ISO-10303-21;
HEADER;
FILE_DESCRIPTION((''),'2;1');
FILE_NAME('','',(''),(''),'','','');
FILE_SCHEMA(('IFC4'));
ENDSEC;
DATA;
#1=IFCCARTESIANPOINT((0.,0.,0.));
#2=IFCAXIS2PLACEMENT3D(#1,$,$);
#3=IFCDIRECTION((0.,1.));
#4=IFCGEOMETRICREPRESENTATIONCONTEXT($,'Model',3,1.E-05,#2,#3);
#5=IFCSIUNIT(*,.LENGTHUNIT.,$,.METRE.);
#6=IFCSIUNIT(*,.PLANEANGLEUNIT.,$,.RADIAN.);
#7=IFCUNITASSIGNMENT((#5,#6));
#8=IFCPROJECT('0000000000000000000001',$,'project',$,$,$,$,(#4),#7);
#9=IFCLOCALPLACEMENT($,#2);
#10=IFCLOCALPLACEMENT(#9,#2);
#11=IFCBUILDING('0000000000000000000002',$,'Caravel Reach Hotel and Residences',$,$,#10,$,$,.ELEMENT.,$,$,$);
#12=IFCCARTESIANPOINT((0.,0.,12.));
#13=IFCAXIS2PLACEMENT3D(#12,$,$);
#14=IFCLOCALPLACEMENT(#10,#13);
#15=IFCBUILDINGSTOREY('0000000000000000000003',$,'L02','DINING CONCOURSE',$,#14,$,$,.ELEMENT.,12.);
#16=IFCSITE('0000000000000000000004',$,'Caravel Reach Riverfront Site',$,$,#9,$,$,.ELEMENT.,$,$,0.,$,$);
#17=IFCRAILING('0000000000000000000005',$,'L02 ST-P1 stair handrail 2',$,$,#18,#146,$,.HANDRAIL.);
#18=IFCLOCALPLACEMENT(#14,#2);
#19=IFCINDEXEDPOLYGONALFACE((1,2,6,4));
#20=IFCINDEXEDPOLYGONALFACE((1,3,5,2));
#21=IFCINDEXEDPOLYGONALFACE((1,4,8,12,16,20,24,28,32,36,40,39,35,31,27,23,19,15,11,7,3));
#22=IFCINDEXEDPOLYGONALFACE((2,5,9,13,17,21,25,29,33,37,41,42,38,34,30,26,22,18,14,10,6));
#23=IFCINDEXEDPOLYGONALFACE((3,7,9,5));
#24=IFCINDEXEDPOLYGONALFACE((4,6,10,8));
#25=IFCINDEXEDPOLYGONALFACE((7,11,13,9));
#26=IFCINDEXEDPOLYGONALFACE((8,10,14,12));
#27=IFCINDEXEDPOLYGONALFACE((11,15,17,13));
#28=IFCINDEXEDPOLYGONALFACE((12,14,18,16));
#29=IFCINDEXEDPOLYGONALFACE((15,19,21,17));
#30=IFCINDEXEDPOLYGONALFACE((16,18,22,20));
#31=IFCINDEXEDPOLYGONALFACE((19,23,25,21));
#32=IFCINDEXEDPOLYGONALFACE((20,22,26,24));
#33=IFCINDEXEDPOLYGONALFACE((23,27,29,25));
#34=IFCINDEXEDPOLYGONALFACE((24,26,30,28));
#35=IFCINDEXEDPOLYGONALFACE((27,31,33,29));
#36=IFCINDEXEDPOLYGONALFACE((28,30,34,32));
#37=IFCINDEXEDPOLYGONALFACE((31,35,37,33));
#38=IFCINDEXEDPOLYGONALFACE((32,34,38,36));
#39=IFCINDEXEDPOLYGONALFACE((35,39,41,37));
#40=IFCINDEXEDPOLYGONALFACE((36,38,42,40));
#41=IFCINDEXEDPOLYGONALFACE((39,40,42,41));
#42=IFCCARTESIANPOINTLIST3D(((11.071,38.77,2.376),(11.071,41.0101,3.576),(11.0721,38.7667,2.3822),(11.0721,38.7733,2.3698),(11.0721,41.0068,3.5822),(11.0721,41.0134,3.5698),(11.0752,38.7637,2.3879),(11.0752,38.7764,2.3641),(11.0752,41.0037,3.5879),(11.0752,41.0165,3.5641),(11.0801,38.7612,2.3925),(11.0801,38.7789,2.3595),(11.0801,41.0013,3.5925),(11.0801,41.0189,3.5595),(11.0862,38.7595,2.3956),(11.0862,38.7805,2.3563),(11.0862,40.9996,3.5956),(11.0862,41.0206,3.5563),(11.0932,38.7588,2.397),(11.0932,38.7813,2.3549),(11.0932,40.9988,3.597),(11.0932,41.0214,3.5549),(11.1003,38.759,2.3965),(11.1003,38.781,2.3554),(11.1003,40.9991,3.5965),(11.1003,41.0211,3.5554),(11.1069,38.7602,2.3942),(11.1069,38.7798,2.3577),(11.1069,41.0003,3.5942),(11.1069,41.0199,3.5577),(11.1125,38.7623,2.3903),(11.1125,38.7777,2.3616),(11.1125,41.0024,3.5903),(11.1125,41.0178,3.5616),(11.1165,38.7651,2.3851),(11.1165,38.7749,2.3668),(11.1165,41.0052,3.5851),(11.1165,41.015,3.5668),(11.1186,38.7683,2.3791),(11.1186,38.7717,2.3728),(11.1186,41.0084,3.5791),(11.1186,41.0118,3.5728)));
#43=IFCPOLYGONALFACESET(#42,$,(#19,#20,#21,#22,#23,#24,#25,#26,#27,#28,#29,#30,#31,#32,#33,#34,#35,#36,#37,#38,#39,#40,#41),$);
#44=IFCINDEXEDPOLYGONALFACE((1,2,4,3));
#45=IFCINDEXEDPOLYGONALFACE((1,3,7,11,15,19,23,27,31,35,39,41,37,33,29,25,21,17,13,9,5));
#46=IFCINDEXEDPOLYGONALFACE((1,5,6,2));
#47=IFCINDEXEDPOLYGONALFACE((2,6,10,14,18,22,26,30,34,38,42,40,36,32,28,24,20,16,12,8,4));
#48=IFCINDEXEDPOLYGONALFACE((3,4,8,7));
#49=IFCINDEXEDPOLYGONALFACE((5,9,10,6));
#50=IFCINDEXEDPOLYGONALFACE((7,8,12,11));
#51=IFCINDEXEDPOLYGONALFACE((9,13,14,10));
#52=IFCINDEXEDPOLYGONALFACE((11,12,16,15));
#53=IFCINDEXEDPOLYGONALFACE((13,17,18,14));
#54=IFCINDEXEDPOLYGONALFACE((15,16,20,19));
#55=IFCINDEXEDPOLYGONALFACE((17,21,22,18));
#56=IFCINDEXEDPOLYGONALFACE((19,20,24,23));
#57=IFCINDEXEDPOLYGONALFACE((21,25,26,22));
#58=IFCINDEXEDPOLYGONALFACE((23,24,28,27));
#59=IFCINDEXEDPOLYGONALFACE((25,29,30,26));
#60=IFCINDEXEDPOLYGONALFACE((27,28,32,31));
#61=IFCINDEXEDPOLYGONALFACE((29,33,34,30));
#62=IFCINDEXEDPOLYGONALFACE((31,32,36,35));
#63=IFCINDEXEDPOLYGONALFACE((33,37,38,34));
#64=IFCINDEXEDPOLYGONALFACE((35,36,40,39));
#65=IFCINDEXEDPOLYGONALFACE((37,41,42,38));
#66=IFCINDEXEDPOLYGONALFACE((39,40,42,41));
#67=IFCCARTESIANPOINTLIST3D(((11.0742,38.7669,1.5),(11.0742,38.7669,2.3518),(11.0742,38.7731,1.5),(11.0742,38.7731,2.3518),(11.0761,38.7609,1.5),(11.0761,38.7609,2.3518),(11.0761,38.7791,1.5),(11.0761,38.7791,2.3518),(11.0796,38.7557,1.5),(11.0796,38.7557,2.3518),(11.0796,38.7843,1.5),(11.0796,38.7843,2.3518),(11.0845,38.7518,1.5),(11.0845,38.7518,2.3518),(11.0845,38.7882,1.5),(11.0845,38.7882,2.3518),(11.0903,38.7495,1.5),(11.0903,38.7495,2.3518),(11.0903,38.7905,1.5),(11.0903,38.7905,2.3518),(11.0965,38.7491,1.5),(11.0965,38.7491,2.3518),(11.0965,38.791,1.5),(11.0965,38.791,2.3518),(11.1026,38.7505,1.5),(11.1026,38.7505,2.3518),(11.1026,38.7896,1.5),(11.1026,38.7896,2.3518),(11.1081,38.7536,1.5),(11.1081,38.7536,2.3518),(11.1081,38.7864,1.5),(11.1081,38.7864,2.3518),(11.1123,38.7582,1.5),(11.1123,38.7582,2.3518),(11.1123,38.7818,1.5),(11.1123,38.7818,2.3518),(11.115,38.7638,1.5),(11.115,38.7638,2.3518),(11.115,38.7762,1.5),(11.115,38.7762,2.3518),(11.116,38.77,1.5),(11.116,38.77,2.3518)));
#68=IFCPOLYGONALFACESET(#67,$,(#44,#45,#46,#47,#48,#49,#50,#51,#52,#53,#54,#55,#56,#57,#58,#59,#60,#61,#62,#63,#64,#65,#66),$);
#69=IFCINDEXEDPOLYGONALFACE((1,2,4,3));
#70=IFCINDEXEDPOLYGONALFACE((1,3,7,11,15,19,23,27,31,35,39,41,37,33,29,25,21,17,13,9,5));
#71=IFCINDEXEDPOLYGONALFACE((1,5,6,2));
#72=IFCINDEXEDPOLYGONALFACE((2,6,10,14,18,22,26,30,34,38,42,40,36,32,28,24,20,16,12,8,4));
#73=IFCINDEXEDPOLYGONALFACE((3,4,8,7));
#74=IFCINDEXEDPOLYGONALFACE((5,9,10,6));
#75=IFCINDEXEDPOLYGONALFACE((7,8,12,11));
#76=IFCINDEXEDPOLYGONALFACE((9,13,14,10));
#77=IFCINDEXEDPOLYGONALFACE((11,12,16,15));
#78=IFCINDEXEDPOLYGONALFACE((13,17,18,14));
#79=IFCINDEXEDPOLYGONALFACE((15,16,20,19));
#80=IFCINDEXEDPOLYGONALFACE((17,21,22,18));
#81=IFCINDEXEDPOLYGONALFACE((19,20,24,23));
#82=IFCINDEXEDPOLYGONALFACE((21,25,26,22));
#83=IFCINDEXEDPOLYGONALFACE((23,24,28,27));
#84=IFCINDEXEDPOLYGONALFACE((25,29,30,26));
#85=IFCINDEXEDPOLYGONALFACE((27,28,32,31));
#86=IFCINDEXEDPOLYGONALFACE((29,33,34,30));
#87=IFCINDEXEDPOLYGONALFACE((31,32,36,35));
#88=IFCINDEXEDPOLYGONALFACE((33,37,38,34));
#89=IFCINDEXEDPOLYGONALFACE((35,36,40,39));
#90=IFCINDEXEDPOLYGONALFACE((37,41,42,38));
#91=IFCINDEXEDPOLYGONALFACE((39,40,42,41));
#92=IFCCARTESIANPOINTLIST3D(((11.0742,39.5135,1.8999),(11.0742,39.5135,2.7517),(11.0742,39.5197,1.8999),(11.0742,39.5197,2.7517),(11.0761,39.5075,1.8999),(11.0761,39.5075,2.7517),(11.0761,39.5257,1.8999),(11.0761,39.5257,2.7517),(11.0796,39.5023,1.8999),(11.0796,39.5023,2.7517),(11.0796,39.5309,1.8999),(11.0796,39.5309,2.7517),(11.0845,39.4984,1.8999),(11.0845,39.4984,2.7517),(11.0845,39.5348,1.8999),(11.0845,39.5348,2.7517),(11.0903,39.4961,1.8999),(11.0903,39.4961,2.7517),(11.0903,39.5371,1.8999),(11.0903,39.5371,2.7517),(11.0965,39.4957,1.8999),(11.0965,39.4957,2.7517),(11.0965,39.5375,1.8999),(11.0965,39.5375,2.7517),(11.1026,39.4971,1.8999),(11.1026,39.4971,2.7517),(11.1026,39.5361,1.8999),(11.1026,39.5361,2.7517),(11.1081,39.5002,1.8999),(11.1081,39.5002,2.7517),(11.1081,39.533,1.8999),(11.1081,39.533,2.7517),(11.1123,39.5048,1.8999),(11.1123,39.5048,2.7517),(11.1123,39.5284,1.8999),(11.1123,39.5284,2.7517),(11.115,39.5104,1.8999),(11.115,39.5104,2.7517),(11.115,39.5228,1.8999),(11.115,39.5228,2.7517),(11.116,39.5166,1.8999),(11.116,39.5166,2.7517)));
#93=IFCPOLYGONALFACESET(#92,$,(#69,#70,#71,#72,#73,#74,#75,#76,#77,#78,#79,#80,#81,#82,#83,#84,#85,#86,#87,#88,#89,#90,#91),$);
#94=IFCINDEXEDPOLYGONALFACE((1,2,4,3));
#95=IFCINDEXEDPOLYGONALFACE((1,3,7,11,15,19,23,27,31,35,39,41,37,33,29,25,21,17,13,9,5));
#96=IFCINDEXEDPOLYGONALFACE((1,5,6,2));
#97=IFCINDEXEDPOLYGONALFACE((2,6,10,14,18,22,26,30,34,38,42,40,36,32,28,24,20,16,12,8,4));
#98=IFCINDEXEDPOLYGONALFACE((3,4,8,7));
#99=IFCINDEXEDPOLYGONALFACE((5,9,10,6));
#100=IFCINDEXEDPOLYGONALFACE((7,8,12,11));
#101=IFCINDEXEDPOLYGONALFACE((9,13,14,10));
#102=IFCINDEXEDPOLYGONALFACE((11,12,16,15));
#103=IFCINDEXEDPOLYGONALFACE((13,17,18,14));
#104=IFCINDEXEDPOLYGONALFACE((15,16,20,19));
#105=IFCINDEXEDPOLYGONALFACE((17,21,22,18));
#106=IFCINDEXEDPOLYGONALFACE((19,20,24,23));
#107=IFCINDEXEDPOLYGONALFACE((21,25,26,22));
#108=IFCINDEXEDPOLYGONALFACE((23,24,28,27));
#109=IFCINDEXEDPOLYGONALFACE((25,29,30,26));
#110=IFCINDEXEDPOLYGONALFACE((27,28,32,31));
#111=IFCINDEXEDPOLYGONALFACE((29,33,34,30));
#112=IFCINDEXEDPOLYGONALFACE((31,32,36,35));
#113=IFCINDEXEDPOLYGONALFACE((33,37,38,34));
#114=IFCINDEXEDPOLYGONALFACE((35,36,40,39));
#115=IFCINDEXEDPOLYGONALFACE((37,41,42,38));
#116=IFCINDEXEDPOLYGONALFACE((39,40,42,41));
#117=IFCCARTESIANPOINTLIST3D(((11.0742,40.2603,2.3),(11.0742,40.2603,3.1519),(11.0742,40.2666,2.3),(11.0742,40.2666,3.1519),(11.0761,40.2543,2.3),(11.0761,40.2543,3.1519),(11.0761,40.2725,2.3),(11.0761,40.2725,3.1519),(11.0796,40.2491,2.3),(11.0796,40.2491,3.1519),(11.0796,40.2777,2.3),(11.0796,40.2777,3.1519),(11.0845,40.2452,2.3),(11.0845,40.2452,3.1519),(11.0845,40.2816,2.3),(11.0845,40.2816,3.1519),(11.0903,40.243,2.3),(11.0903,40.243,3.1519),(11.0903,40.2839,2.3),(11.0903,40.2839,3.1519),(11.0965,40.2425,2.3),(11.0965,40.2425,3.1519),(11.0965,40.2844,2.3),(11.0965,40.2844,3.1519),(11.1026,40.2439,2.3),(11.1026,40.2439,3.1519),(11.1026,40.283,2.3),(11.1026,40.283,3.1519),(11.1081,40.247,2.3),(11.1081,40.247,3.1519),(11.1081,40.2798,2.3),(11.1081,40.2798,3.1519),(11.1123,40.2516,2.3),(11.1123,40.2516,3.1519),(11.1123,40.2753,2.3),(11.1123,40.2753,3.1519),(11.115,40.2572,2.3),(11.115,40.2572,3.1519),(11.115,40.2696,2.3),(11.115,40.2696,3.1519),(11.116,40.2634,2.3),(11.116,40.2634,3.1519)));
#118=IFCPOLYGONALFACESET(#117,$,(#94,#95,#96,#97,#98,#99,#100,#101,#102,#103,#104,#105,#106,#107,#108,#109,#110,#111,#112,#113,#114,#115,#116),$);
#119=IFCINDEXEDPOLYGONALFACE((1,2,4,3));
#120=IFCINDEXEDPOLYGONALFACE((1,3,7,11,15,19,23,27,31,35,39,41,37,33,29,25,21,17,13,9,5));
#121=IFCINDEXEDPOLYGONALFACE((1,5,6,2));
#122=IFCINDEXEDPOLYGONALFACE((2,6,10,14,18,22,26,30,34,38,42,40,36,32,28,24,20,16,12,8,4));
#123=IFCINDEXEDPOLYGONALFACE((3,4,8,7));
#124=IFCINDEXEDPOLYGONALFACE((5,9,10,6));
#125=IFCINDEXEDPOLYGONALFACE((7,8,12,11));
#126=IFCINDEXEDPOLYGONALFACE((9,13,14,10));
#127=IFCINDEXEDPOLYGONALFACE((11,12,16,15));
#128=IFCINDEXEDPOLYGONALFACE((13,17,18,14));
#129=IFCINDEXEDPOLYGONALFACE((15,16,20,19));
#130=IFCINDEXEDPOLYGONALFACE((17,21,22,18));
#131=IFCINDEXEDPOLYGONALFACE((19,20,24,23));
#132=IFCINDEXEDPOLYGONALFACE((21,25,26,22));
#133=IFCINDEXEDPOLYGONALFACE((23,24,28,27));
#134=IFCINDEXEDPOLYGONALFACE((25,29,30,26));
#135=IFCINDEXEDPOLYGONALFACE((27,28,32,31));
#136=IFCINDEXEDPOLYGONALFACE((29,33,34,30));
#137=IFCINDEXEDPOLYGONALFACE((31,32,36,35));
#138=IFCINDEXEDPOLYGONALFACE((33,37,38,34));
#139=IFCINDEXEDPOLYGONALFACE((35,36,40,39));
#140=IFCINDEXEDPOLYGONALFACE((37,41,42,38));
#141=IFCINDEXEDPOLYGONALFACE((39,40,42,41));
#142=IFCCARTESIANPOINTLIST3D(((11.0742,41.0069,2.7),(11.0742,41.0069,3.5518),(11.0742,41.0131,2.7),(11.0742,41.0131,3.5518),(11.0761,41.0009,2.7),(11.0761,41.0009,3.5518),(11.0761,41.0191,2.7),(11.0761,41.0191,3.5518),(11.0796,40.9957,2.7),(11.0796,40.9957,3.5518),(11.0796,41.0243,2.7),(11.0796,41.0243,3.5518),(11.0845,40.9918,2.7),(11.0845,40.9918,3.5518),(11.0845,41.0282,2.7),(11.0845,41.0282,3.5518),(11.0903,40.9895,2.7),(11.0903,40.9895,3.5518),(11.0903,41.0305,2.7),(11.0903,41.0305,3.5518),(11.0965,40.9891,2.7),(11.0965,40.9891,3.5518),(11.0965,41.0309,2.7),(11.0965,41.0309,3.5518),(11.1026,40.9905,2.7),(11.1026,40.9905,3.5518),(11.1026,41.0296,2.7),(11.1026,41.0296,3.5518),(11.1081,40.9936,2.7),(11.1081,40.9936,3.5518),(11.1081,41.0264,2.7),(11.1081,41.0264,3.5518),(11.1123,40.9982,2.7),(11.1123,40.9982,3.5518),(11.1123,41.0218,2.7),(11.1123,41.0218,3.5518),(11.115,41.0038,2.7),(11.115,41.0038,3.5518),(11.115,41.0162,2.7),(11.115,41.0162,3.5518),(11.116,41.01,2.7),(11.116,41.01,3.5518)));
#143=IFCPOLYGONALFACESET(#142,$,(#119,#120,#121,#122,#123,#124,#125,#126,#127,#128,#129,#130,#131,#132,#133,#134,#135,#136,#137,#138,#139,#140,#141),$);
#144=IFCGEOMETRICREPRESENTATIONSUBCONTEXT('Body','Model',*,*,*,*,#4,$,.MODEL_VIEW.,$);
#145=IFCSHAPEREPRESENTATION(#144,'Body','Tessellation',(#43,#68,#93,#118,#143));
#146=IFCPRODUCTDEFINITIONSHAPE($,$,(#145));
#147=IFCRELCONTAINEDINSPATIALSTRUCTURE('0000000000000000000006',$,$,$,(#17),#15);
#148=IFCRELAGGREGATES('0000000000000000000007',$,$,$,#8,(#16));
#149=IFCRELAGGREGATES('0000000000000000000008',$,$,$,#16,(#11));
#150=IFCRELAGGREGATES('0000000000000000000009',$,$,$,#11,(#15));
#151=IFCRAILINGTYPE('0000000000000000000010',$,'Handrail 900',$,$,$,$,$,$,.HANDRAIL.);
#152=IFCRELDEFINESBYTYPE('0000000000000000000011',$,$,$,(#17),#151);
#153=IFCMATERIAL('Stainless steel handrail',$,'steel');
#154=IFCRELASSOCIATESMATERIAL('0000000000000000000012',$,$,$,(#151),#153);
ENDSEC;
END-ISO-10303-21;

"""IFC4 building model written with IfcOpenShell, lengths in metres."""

from ifc_helpers import new_model, si_unit, direction, frame, origin, origin_2d, place, context, subcontext, project, spatial, circle, extrude, material, type_object, element, save


model = new_model("IFC4")

# Units and contexts
model_context = context("Model", 3, precision=1e-05, world=origin(), true_north=direction((0.0, 1.0)))
body_context = subcontext(model_context, "Body", "Model", "MODEL_VIEW")
ifc_project = project(units=[si_unit("LENGTHUNIT", "METRE"), si_unit("PLANEANGLEUNIT", "RADIAN")], contexts=[model_context])

# Site, building, storey
site_placement = place(None, origin())
site = spatial("IfcSite", under=ifc_project, at=site_placement, Name="Caravel Reach Riverfront Site", CompositionType="ELEMENT", RefElevation=0.0)
building_placement = place(site_placement, origin())
building = spatial("IfcBuilding", under=site, at=building_placement, Name="Caravel Reach Hotel and Residences", CompositionType="ELEMENT")
storey_placement = place(building_placement, frame((0.0, 0.0, 12.0)))
storey = spatial("IfcBuildingStorey", under=building, at=storey_placement, Name="L02", Description="DINING CONCOURSE", CompositionType="ELEMENT", Elevation=12.0)

# Railing
ifc_material_1 = material(Name="Stainless steel handrail", Category="steel")
railing_type_1 = type_object("IfcRailingType", Name="Handrail 900", PredefinedType="HANDRAIL", material=ifc_material_1)
railing_1_placement = place(storey_placement, frame((11.095, 38.77, 1.5)))
element("IfcRailing", 1, at=railing_1_placement, inside=storey, type_object=railing_type_1, Name="L02 ST-P1 stair handrail 2", PredefinedType="HANDRAIL", context=body_context, shape_type="SweptSolid", body=[
    extrude(circle(Radius=0.0239, at=origin_2d()), frame((0.0, 0.0, 0.876), z_axis=(0.0, 0.881487, 0.472208), x_axis=(-1.0, 0.0, 0.0)), (0.0, 0.0, 1.0), 2.5413),
    extrude(circle(Radius=0.021, at=origin_2d()), origin(), (0.0, 0.0, 1.0), 0.8518),
    extrude(circle(Radius=0.021, at=origin_2d()), frame((0.0, 0.7466, 0.3999)), (0.0, 0.0, 1.0), 0.8518),
    extrude(circle(Radius=0.021, at=origin_2d()), frame((0.0, 1.4934, 0.8)), (0.0, 0.0, 1.0), 0.8518),
    extrude(circle(Radius=0.021, at=origin_2d()), frame((0.0, 2.24, 1.2)), (0.0, 0.0, 1.0), 0.8518),
])

save(model, "model.ifc")
